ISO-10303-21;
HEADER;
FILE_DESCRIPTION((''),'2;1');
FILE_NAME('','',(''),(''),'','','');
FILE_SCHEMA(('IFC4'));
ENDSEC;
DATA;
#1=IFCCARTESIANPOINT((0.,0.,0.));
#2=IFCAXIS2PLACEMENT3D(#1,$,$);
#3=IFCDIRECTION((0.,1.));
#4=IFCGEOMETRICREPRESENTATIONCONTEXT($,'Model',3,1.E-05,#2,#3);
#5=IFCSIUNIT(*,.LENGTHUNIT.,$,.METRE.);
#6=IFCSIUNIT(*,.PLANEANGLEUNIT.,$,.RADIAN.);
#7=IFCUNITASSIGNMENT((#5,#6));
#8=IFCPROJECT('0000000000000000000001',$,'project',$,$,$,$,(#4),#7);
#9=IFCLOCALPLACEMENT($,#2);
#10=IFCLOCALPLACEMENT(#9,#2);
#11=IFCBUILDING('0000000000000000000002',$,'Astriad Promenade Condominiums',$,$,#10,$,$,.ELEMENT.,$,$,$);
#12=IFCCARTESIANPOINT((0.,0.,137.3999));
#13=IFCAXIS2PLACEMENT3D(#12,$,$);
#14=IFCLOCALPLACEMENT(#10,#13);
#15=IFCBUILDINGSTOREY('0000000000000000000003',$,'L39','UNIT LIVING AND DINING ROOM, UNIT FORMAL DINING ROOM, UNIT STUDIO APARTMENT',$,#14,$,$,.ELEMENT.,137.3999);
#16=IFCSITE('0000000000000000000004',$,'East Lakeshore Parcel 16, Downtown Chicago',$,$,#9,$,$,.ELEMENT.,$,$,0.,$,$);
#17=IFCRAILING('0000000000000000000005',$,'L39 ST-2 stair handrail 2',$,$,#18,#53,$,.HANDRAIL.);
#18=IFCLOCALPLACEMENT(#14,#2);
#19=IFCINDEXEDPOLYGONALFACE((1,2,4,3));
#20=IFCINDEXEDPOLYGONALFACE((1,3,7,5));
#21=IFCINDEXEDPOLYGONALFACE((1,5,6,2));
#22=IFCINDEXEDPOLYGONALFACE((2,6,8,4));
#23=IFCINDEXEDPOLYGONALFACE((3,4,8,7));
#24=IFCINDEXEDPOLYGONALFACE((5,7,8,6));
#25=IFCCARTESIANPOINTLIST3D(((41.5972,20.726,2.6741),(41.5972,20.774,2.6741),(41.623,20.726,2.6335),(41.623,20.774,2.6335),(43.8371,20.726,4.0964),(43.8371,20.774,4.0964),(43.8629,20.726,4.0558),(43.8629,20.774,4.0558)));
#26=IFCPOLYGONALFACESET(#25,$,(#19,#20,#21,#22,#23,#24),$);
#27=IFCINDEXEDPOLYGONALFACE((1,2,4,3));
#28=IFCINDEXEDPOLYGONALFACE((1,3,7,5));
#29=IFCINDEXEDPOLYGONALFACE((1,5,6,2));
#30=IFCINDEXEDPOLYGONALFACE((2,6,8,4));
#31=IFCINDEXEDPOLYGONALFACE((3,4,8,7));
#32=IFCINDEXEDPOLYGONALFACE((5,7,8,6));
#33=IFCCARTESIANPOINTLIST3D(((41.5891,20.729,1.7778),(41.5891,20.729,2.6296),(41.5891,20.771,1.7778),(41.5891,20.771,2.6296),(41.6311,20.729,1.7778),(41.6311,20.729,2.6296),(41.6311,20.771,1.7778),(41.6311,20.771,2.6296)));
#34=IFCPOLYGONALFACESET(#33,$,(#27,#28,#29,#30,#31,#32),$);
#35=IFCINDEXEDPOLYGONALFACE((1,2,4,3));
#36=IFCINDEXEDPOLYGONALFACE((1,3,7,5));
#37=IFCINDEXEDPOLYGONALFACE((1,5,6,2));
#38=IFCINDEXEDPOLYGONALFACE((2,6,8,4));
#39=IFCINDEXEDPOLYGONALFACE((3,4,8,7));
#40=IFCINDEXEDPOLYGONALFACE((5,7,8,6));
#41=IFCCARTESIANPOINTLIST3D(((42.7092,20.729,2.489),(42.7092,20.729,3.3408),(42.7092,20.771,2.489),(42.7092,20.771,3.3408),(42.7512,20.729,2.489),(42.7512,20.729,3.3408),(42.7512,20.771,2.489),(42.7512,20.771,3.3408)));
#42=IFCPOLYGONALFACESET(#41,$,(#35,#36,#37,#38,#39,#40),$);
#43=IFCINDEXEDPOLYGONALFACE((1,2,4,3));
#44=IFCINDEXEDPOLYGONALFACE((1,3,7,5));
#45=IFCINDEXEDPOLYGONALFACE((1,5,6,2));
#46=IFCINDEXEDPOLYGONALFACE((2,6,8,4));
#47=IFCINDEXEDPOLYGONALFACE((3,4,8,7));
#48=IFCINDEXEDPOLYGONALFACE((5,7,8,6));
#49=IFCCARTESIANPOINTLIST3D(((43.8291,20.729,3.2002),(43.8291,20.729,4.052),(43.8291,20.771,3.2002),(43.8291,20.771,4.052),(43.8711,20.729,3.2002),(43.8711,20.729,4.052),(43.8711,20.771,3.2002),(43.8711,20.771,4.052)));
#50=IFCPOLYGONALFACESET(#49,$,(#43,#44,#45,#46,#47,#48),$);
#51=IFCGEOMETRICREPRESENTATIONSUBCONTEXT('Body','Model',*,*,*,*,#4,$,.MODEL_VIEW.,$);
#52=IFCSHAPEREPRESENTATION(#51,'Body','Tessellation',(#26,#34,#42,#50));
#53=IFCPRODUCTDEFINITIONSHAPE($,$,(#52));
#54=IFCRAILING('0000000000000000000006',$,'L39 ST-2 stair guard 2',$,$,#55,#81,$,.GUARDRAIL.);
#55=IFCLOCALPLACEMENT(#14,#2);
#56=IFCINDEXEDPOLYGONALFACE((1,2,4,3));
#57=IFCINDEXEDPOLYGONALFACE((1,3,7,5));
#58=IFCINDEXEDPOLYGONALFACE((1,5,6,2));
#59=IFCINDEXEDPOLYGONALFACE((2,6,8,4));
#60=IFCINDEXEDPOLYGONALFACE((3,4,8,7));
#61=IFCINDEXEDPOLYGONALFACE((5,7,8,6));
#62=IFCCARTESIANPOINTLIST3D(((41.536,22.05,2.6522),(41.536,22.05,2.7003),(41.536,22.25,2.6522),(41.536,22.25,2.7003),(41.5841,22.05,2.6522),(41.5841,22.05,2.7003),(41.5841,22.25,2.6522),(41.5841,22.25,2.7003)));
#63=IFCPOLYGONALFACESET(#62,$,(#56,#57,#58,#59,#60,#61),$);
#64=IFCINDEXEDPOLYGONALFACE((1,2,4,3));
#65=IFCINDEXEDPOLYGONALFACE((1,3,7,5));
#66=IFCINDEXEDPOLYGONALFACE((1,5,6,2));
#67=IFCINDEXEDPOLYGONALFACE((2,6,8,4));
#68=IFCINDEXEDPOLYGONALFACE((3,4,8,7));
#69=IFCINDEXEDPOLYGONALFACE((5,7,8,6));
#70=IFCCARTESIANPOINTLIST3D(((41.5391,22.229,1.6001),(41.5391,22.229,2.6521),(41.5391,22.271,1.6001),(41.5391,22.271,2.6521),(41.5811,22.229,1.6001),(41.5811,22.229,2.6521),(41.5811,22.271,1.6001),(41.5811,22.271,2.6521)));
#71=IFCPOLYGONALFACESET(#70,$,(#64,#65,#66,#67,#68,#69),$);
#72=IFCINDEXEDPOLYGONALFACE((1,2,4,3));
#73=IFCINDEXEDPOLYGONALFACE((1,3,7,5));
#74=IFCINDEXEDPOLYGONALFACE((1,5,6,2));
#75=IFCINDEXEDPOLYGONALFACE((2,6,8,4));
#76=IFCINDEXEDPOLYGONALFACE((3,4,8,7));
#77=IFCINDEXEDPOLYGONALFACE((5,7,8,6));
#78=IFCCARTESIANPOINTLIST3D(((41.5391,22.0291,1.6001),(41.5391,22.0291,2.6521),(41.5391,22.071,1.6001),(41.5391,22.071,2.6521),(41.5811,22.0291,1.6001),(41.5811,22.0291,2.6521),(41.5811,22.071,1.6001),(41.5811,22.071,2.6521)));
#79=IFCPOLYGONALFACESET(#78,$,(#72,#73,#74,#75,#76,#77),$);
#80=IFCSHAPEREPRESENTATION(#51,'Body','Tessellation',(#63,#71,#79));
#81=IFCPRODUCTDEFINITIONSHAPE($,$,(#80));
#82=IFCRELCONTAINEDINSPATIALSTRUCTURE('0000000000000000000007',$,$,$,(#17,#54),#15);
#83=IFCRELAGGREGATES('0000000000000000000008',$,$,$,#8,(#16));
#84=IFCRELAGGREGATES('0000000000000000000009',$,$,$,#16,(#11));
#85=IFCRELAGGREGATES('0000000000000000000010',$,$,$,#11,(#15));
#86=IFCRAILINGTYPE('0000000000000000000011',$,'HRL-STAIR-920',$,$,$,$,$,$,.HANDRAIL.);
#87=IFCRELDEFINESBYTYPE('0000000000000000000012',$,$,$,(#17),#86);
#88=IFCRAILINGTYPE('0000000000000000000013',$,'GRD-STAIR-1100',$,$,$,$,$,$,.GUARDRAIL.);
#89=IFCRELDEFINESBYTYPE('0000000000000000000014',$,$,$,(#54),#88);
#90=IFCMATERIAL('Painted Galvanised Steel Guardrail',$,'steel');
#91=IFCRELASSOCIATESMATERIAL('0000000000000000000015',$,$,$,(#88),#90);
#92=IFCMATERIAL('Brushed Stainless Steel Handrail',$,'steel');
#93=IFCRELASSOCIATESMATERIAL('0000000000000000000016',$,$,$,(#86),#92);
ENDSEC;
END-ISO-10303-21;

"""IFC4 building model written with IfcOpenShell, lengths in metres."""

from ifc_helpers import new_model, si_unit, direction, frame, origin, origin_2d, place, context, subcontext, project, spatial, rectangle, extrude, source, transform, mapped, material, type_object, type_shapes, element, save


model = new_model("IFC4")

# Units and contexts
model_context = context("Model", 3, precision=1e-05, world=origin(), true_north=direction((0.0, 1.0)))
body_context = subcontext(model_context, "Body", "Model", "MODEL_VIEW")
ifc_project = project(units=[si_unit("LENGTHUNIT", "METRE"), si_unit("PLANEANGLEUNIT", "RADIAN")], contexts=[model_context])

# Site, building, storey
site_placement = place(None, origin())
site = spatial("IfcSite", under=ifc_project, at=site_placement, Name="East Lakeshore Parcel 16, Downtown Chicago", CompositionType="ELEMENT", RefElevation=0.0)
building_placement = place(site_placement, origin())
building = spatial("IfcBuilding", under=site, at=building_placement, Name="Astriad Promenade Condominiums", CompositionType="ELEMENT")
storey_placement = place(building_placement, frame((0.0, 0.0, 137.3999)))
storey = spatial("IfcBuildingStorey", under=building, at=storey_placement, Name="L39", Description="UNIT LIVING AND DINING ROOM, UNIT FORMAL DINING ROOM, UNIT STUDIO APARTMENT", CompositionType="ELEMENT", Elevation=137.3999)

# Railings
ifc_material_1 = material(Name="Painted Galvanised Steel Guardrail", Category="steel")
railing_type_1 = type_object("IfcRailingType", Name="GRD-STAIR-1100", PredefinedType="GUARDRAIL", material=ifc_material_1)
ifc_material_2 = material(Name="Brushed Stainless Steel Handrail", Category="steel")
railing_type_2 = type_object("IfcRailingType", Name="HRL-STAIR-920", PredefinedType="HANDRAIL", material=ifc_material_2)
shared_shape_1 = source(origin(), body_context, "Body", "SweptSolid", [
    extrude(rectangle(XDim=0.0481, YDim=0.0481, at=origin_2d()), frame((0.0, 0.0, 0.876), z_axis=(0.844188, 0.0, 0.536048), x_axis=(0.0, 1.0, 0.0)), (0.0, 0.0, 1.0), 2.6533),
    extrude(rectangle(XDim=0.042, YDim=0.042, at=origin_2d()), origin(), (0.0, 0.0, 1.0), 0.8518),
    extrude(rectangle(XDim=0.042, YDim=0.042, at=origin_2d()), frame((1.1201, 0.0, 0.7112)), (0.0, 0.0, 1.0), 0.8518),
    extrude(rectangle(XDim=0.042, YDim=0.042, at=origin_2d()), frame((2.24, 0.0, 1.4224)), (0.0, 0.0, 1.0), 0.8518),
])
type_shapes(railing_type_2, [shared_shape_1])
railing_1_placement = place(storey_placement, frame((41.6101, 20.75, 1.7778)))
element("IfcRailing", 1, at=railing_1_placement, inside=storey, type_object=railing_type_2, Name="L39 ST-2 stair handrail 2", PredefinedType="HANDRAIL", context=body_context, shape_type="MappedRepresentation", body=[
    mapped(shared_shape_1, transform((0.0, 0.0, 0.0), scale=1.0)),
])
shared_shape_2 = source(origin(), body_context, "Body", "SweptSolid", [
    extrude(rectangle(XDim=0.0481, YDim=0.0481, at=origin_2d()), frame((0.0, 0.0, 1.0762), z_axis=(0.0, -1.0, 0.0), x_axis=(1.0, 0.0, 0.0)), (0.0, 0.0, 1.0), 0.2),
    extrude(rectangle(XDim=0.042, YDim=0.042, at=origin_2d()), origin(), (0.0, 0.0, 1.0), 1.052),
    extrude(rectangle(XDim=0.042, YDim=0.042, at=origin_2d()), frame((0.0, -0.2, 0.0)), (0.0, 0.0, 1.0), 1.052),
])
railing_2_placement = place(storey_placement, frame((41.5601, 22.25, 1.6001)))
element("IfcRailing", 2, at=railing_2_placement, inside=storey, type_object=railing_type_1, Name="L39 ST-2 stair guard 2", PredefinedType="GUARDRAIL", context=body_context, shape_type="MappedRepresentation", body=[
    mapped(shared_shape_2, transform((0.0, 0.0, 0.0), scale=1.0)),
])

save(model, "model.ifc")
